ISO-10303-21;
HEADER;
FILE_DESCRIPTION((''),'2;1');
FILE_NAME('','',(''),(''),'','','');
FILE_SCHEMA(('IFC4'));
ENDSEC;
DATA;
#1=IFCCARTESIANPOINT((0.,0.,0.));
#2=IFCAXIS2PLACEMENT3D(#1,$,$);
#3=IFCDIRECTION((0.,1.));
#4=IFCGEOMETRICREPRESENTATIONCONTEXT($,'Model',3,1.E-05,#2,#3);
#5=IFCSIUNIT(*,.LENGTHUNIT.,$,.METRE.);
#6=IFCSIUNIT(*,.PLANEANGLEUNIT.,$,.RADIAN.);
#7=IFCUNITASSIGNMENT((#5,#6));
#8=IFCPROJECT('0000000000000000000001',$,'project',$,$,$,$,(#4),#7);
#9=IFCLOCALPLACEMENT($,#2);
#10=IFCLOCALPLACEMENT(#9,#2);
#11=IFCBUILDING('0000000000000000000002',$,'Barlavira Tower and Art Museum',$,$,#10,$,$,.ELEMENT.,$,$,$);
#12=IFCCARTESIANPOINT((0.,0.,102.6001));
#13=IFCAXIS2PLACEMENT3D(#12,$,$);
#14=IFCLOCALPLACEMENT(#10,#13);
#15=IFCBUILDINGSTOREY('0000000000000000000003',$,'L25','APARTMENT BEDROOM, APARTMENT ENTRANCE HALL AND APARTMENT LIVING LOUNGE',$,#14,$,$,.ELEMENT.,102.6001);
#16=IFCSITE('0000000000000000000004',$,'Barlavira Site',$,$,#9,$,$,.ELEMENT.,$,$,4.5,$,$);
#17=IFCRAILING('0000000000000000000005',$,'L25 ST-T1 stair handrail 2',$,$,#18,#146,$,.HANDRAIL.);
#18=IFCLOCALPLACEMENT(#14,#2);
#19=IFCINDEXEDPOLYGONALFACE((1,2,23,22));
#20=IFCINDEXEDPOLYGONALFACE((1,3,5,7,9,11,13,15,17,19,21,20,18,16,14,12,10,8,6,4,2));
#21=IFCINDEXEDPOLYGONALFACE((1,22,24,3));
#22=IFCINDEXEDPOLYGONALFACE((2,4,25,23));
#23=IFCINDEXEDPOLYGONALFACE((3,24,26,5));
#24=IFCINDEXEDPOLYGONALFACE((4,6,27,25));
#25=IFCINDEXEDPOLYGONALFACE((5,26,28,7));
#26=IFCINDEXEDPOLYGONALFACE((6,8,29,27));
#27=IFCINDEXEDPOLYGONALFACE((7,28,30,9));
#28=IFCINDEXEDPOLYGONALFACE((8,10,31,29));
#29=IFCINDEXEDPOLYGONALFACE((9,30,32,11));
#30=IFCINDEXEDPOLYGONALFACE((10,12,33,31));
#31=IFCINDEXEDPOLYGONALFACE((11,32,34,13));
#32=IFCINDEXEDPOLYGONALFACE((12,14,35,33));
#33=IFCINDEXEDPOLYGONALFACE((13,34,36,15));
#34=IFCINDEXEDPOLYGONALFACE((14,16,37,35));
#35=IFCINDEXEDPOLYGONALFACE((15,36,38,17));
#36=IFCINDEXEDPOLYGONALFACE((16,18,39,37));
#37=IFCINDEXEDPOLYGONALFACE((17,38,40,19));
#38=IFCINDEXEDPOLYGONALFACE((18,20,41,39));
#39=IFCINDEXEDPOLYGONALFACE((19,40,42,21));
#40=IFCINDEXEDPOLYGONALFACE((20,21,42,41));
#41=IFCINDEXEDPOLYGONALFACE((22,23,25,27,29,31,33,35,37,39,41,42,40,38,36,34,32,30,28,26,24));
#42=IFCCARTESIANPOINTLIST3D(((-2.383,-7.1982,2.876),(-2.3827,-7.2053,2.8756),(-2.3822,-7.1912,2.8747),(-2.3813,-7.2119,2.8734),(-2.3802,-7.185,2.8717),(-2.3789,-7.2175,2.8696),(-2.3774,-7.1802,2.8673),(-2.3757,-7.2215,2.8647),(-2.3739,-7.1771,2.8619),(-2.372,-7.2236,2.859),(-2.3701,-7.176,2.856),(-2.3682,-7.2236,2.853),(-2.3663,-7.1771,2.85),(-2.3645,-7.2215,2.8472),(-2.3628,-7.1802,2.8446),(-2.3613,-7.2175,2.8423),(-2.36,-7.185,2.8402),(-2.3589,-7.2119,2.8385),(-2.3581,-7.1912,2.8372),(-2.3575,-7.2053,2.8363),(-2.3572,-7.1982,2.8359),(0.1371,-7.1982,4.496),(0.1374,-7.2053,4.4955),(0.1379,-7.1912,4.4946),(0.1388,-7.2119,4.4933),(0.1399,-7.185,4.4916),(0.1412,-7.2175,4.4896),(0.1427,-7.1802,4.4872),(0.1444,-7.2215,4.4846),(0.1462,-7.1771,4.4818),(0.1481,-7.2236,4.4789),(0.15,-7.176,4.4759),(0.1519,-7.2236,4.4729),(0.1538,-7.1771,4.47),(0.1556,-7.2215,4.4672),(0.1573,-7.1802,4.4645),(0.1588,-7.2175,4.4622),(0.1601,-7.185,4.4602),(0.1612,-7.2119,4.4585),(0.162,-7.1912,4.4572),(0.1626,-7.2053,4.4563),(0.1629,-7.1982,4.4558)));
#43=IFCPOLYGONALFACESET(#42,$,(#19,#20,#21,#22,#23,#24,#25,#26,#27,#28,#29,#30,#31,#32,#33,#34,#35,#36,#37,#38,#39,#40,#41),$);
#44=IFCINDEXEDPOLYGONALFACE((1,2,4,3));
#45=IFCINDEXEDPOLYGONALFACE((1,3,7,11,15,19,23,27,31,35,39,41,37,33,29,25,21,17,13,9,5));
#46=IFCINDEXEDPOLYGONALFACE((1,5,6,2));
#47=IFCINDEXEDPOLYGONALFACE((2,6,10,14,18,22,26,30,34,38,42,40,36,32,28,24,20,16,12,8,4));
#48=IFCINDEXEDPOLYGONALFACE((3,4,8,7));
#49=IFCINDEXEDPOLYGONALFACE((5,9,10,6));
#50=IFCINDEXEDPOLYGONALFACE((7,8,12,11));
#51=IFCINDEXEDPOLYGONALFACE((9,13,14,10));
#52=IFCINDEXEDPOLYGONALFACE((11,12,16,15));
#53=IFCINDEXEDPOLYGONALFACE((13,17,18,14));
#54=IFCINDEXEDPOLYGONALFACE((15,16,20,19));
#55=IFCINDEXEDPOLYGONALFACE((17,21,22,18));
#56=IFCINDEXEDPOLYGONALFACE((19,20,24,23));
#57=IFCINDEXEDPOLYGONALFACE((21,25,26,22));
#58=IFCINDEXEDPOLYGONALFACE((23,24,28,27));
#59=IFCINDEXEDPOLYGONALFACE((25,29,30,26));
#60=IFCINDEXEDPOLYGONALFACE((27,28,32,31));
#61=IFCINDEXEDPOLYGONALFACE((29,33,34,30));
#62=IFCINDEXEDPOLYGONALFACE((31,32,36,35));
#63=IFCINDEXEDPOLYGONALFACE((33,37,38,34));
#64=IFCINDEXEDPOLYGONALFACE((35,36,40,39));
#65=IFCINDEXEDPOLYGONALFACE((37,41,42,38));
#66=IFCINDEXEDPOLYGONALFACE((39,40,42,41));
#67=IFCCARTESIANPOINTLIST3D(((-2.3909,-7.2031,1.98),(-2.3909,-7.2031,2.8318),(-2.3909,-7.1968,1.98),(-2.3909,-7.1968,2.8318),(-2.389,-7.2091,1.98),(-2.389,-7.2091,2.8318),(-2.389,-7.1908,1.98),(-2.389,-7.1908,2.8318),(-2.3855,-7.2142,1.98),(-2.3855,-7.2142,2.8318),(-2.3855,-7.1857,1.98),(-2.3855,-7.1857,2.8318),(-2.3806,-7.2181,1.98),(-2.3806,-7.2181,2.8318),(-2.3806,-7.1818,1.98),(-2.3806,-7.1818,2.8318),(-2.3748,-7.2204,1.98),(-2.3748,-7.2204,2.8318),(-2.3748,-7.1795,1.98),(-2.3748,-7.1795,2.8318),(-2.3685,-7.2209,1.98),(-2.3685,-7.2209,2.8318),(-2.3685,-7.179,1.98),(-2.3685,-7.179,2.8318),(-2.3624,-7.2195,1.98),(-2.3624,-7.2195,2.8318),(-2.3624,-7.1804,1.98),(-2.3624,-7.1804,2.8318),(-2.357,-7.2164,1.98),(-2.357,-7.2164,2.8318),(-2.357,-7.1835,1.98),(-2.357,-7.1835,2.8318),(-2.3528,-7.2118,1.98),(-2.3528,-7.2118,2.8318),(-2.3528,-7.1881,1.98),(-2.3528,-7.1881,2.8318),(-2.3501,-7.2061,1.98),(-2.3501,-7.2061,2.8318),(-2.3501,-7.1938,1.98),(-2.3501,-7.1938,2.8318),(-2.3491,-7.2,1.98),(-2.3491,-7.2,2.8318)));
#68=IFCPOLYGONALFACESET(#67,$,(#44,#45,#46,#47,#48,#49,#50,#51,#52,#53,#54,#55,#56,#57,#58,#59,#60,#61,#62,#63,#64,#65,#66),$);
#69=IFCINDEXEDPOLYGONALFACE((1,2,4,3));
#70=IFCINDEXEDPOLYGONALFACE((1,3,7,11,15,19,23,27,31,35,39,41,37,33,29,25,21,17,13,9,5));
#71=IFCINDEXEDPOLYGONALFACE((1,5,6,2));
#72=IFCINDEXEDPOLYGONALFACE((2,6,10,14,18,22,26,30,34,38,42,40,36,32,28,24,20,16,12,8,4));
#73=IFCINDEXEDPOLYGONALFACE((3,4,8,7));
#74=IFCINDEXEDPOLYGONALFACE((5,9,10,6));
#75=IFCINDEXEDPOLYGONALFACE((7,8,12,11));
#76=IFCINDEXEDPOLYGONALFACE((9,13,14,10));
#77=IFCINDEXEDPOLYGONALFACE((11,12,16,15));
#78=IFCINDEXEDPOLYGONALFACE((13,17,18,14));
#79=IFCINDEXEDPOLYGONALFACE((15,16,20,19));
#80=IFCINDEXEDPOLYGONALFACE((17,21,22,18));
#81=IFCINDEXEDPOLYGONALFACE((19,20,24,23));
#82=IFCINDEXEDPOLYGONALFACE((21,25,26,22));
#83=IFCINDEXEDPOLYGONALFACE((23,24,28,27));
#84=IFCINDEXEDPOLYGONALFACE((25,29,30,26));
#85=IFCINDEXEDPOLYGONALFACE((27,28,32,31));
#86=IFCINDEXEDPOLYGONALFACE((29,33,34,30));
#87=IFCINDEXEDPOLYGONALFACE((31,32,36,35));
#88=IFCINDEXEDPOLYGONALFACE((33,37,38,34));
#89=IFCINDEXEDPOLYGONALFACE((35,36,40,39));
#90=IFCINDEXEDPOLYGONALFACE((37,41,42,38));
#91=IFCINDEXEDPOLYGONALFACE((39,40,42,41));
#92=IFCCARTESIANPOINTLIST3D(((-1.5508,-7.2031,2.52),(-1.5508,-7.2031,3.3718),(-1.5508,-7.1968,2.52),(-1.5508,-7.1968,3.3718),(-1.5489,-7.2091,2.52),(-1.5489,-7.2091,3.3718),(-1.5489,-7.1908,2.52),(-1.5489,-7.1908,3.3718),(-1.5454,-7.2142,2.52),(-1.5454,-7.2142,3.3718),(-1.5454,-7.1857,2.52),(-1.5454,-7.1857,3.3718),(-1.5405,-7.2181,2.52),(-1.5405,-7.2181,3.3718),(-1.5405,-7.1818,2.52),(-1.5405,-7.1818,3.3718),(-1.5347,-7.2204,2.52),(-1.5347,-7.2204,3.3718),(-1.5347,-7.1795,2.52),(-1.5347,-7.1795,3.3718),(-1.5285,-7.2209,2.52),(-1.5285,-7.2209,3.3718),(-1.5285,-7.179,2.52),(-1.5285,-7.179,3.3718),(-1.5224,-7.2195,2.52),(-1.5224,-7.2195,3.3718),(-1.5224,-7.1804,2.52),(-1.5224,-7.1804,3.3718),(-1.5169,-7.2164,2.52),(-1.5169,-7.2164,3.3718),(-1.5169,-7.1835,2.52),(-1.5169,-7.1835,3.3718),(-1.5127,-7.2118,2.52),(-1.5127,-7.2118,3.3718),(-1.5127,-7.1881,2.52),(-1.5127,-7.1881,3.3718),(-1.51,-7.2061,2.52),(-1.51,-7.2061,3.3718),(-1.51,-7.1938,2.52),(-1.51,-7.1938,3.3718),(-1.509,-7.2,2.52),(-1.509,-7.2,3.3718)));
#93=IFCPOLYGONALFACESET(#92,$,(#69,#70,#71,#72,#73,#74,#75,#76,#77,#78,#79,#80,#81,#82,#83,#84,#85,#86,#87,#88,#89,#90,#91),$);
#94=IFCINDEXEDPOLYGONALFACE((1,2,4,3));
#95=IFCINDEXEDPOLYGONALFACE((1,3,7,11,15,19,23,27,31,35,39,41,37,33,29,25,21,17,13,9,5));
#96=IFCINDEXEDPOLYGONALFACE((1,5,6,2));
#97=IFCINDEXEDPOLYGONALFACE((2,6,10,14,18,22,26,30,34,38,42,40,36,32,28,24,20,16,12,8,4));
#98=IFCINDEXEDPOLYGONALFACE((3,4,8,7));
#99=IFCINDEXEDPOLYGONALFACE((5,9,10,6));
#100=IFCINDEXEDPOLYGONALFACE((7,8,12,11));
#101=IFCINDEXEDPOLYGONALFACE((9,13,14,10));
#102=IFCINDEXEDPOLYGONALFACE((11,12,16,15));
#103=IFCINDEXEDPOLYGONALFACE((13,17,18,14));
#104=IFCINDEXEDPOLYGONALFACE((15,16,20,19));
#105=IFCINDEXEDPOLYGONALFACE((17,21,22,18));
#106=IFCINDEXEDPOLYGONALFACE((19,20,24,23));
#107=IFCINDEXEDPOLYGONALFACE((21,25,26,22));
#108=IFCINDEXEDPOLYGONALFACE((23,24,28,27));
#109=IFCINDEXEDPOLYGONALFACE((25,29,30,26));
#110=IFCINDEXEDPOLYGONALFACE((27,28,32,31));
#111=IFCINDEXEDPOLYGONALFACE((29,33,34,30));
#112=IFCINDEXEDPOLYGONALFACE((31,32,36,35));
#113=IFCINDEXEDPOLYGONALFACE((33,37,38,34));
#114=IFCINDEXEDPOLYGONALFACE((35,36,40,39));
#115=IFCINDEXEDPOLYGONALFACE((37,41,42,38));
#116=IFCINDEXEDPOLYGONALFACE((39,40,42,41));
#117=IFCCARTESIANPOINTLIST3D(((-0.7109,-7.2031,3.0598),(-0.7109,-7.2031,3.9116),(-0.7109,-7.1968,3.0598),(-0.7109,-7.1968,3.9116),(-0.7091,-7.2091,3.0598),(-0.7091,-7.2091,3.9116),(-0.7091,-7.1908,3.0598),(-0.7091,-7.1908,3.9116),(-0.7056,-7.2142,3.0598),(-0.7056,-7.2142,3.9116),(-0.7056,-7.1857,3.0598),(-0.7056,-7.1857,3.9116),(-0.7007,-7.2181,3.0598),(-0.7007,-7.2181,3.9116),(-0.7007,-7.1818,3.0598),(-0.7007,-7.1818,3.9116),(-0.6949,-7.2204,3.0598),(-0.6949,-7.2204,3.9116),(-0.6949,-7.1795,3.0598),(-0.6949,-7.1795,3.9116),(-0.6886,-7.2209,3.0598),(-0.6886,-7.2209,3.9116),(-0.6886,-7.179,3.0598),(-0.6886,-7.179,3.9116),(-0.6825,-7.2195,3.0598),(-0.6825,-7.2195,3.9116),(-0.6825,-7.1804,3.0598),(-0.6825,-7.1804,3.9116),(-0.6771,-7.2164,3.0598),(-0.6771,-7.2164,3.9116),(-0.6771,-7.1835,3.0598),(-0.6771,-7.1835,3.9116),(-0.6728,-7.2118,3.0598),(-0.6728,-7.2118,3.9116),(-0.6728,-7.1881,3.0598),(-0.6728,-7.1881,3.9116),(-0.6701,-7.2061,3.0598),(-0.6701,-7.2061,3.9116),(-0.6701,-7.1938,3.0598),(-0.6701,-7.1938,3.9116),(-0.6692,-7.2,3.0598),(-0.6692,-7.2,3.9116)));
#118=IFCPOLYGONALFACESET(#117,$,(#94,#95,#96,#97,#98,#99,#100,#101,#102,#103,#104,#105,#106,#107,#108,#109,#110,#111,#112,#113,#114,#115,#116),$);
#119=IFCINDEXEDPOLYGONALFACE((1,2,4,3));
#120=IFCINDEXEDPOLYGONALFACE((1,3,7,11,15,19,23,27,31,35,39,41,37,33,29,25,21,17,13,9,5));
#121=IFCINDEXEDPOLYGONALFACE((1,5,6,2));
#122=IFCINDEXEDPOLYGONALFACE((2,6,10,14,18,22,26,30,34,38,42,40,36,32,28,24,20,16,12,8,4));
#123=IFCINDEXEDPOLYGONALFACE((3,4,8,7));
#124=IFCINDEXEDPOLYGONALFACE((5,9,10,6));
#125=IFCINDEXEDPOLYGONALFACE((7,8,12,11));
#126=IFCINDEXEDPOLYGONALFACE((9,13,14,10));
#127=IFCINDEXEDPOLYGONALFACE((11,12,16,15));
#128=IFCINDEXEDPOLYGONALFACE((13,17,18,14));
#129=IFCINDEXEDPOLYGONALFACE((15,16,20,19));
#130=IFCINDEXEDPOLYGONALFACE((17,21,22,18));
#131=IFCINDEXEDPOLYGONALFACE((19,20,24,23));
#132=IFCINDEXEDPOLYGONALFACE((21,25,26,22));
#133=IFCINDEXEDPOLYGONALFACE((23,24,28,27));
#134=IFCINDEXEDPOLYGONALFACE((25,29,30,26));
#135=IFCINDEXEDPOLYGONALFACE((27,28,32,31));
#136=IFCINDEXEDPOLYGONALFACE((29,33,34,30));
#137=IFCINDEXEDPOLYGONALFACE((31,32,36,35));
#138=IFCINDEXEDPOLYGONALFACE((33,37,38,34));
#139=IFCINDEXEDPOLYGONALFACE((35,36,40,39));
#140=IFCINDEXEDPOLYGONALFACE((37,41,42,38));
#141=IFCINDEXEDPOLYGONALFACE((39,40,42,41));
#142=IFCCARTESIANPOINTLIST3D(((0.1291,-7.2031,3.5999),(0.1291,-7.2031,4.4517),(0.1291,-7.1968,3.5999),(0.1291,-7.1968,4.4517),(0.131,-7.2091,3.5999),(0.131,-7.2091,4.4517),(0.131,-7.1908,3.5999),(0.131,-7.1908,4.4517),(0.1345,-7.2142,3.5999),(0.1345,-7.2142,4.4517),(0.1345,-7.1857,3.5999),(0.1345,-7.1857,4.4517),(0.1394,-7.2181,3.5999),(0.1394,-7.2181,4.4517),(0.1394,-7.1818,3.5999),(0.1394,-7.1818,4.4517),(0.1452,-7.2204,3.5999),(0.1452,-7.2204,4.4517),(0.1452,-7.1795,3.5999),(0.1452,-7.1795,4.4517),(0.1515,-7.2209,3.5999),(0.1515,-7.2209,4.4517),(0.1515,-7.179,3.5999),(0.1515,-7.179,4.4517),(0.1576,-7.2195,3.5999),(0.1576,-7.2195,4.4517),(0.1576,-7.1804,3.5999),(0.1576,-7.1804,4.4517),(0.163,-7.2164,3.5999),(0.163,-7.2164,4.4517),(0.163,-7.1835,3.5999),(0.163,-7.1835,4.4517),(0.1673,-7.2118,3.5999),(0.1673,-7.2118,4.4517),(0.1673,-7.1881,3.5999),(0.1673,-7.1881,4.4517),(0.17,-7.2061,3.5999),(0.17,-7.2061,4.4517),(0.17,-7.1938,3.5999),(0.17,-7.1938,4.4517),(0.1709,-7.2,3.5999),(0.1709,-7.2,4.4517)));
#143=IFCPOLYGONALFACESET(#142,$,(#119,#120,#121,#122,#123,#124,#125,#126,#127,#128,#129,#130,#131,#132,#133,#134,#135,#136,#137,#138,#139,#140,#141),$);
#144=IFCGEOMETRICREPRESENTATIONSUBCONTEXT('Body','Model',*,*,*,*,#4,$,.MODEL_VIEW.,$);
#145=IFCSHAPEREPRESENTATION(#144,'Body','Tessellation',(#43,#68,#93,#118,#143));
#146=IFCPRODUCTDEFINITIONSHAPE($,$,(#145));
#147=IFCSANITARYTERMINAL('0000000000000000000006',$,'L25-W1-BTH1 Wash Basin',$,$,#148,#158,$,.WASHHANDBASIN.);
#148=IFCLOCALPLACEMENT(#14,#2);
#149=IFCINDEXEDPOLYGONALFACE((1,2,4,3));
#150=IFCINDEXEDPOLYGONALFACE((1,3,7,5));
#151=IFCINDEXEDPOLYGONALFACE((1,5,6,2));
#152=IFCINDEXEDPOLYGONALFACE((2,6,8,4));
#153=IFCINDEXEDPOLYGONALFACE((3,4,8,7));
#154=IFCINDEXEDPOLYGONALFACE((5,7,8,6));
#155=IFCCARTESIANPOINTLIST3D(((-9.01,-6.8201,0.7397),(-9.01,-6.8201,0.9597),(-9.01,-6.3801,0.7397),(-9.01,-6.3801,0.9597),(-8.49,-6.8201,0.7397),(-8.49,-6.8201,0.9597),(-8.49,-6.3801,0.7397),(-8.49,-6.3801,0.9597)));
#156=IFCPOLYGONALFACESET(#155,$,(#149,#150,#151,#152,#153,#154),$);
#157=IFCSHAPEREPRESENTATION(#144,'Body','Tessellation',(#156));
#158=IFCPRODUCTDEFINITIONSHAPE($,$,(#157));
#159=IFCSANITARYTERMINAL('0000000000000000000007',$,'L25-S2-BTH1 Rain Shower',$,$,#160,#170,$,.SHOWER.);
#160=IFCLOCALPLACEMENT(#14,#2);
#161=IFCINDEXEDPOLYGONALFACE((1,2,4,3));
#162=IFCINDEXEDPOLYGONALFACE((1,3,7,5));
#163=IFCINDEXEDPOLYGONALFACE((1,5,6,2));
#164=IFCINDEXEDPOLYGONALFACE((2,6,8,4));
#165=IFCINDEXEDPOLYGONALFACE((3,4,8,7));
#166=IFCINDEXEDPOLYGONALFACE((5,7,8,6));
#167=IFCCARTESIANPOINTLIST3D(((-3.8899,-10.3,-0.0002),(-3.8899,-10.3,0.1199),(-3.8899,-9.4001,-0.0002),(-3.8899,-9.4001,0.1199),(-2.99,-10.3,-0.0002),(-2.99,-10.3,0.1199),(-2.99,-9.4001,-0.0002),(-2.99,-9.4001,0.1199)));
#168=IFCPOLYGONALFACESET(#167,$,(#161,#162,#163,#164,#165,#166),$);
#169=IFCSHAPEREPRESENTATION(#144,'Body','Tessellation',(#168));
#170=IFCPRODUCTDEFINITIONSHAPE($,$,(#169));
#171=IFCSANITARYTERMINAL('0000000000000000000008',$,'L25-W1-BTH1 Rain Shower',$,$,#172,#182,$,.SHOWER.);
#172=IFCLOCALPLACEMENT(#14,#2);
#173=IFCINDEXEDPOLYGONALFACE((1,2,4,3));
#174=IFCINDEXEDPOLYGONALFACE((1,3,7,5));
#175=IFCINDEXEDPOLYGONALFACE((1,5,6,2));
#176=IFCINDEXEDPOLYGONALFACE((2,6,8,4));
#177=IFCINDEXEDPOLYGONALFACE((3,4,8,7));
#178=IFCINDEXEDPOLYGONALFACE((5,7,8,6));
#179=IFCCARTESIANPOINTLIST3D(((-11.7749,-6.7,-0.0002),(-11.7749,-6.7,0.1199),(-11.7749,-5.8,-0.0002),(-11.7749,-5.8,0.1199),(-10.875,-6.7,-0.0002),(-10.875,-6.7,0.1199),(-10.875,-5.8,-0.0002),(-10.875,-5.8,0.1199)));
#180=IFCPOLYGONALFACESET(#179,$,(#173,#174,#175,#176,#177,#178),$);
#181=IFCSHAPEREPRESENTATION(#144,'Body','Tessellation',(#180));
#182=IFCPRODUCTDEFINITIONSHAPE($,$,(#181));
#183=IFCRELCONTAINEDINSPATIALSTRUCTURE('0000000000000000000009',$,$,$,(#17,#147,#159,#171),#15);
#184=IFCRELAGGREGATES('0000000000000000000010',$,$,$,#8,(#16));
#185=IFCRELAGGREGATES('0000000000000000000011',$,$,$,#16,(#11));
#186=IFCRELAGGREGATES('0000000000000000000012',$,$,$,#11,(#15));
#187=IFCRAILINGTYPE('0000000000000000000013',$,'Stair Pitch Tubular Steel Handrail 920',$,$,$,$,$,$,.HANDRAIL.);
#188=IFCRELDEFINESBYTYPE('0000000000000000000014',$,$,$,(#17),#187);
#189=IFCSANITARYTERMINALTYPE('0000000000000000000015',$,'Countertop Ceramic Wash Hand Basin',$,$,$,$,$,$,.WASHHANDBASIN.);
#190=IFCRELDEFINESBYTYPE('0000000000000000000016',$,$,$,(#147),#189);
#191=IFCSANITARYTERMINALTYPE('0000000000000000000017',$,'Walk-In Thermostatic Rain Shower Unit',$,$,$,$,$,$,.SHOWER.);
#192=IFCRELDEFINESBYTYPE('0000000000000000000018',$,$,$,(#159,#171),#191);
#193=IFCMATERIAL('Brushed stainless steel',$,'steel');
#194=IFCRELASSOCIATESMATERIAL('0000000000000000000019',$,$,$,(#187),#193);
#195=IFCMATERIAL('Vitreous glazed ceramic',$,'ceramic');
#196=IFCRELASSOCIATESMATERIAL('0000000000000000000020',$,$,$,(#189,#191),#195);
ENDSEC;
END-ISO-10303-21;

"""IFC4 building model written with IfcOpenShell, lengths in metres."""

from ifc_helpers import new_model, si_unit, direction, frame, origin, origin_2d, place, context, subcontext, project, spatial, rectangle, circle, extrude, material, type_object, element, save


model = new_model("IFC4")

# Units and contexts
model_context = context("Model", 3, precision=1e-05, world=origin(), true_north=direction((0.0, 1.0)))
body_context = subcontext(model_context, "Body", "Model", "MODEL_VIEW")
ifc_project = project(units=[si_unit("LENGTHUNIT", "METRE"), si_unit("PLANEANGLEUNIT", "RADIAN")], contexts=[model_context])

# Site, building, storey
site_placement = place(None, origin())
site = spatial("IfcSite", under=ifc_project, at=site_placement, Name="Barlavira Site", CompositionType="ELEMENT", RefElevation=4.5)
building_placement = place(site_placement, origin())
building = spatial("IfcBuilding", under=site, at=building_placement, Name="Barlavira Tower and Art Museum", CompositionType="ELEMENT")
storey_placement = place(building_placement, frame((0.0, 0.0, 102.6001)))
storey = spatial("IfcBuildingStorey", under=building, at=storey_placement, Name="L25", Description="APARTMENT BEDROOM, APARTMENT ENTRANCE HALL AND APARTMENT LIVING LOUNGE", CompositionType="ELEMENT", Elevation=102.6001)

# Shared definitions
ifc_material_1 = material(Name="Brushed stainless steel", Category="steel")

# Railing
railing_type_1 = type_object("IfcRailingType", Name="Stair Pitch Tubular Steel Handrail 920", PredefinedType="HANDRAIL", material=ifc_material_1)
railing_1_placement = place(storey_placement, frame((-2.3701, -7.2, 1.98)))
element("IfcRailing", 1, at=railing_1_placement, inside=storey, type_object=railing_type_1, Name="L25 ST-T1 stair handrail 2", PredefinedType="HANDRAIL", context=body_context, shape_type="SweptSolid", body=[
    extrude(circle(Radius=0.0239, at=origin_2d()), frame((0.0, 0.0, 0.876), z_axis=(0.8412, 0.0, 0.540725), x_axis=(0.0, 1.0, 0.0)), (0.0, 0.0, 1.0), 2.9958),
    extrude(circle(Radius=0.021, at=origin_2d()), origin(), (0.0, 0.0, 1.0), 0.8518),
    extrude(circle(Radius=0.021, at=origin_2d()), frame((0.8401, 0.0, 0.54)), (0.0, 0.0, 1.0), 0.8518),
    extrude(circle(Radius=0.021, at=origin_2d()), frame((1.6799, 0.0, 1.0798)), (0.0, 0.0, 1.0), 0.8518),
    extrude(circle(Radius=0.021, at=origin_2d()), frame((2.52, 0.0, 1.6199)), (0.0, 0.0, 1.0), 0.8518),
])

# Sanitary terminals
ifc_material_2 = material(Name="Vitreous glazed ceramic", Category="ceramic")
sanitary_terminal_type_1 = type_object("IfcSanitaryTerminalType", Name="Countertop Ceramic Wash Hand Basin", PredefinedType="WASHHANDBASIN", material=ifc_material_2)
sanitary_terminal_placement = place(storey_placement, frame((-8.75, -6.6001, 0.7397), z_axis=(0.0, 0.0, 1.0), x_axis=(1.0, 0.0, 0.0)))
element("IfcSanitaryTerminal", 2, at=sanitary_terminal_placement, inside=storey, type_object=sanitary_terminal_type_1, Name="L25-W1-BTH1 Wash Basin", PredefinedType="WASHHANDBASIN", context=body_context, shape_type="SweptSolid", body=[
    extrude(rectangle(XDim=0.52, YDim=0.4399, at=origin_2d()), origin(), (0.0, 0.0, 1.0), 0.22),
])
sanitary_terminal_type_2 = type_object("IfcSanitaryTerminalType", Name="Walk-In Thermostatic Rain Shower Unit", PredefinedType="SHOWER", material=ifc_material_2)
for number, where, z_axis, x_axis, name in (
    (3, (-3.4399, -9.8501, -0.0002), (0.0, 0.0, 1.0), (1.0, 0.0, 0.0), "L25-S2-BTH1 Rain Shower"),
    (4, (-11.325, -6.25, -0.0002), (0.0, 0.0, 1.0), (1.0, 0.0, 0.0), "L25-W1-BTH1 Rain Shower"),
):
    element("IfcSanitaryTerminal", number, at=place(storey_placement, frame(where, z_axis=z_axis, x_axis=x_axis)), inside=storey, type_object=sanitary_terminal_type_2, Name=name, PredefinedType="SHOWER", context=body_context, shape_type="SweptSolid", body=[
        extrude(rectangle(XDim=0.8999, YDim=0.8999, at=origin_2d()), origin(), (0.0, 0.0, 1.0), 0.1201),
    ])

save(model, "model.ifc")
